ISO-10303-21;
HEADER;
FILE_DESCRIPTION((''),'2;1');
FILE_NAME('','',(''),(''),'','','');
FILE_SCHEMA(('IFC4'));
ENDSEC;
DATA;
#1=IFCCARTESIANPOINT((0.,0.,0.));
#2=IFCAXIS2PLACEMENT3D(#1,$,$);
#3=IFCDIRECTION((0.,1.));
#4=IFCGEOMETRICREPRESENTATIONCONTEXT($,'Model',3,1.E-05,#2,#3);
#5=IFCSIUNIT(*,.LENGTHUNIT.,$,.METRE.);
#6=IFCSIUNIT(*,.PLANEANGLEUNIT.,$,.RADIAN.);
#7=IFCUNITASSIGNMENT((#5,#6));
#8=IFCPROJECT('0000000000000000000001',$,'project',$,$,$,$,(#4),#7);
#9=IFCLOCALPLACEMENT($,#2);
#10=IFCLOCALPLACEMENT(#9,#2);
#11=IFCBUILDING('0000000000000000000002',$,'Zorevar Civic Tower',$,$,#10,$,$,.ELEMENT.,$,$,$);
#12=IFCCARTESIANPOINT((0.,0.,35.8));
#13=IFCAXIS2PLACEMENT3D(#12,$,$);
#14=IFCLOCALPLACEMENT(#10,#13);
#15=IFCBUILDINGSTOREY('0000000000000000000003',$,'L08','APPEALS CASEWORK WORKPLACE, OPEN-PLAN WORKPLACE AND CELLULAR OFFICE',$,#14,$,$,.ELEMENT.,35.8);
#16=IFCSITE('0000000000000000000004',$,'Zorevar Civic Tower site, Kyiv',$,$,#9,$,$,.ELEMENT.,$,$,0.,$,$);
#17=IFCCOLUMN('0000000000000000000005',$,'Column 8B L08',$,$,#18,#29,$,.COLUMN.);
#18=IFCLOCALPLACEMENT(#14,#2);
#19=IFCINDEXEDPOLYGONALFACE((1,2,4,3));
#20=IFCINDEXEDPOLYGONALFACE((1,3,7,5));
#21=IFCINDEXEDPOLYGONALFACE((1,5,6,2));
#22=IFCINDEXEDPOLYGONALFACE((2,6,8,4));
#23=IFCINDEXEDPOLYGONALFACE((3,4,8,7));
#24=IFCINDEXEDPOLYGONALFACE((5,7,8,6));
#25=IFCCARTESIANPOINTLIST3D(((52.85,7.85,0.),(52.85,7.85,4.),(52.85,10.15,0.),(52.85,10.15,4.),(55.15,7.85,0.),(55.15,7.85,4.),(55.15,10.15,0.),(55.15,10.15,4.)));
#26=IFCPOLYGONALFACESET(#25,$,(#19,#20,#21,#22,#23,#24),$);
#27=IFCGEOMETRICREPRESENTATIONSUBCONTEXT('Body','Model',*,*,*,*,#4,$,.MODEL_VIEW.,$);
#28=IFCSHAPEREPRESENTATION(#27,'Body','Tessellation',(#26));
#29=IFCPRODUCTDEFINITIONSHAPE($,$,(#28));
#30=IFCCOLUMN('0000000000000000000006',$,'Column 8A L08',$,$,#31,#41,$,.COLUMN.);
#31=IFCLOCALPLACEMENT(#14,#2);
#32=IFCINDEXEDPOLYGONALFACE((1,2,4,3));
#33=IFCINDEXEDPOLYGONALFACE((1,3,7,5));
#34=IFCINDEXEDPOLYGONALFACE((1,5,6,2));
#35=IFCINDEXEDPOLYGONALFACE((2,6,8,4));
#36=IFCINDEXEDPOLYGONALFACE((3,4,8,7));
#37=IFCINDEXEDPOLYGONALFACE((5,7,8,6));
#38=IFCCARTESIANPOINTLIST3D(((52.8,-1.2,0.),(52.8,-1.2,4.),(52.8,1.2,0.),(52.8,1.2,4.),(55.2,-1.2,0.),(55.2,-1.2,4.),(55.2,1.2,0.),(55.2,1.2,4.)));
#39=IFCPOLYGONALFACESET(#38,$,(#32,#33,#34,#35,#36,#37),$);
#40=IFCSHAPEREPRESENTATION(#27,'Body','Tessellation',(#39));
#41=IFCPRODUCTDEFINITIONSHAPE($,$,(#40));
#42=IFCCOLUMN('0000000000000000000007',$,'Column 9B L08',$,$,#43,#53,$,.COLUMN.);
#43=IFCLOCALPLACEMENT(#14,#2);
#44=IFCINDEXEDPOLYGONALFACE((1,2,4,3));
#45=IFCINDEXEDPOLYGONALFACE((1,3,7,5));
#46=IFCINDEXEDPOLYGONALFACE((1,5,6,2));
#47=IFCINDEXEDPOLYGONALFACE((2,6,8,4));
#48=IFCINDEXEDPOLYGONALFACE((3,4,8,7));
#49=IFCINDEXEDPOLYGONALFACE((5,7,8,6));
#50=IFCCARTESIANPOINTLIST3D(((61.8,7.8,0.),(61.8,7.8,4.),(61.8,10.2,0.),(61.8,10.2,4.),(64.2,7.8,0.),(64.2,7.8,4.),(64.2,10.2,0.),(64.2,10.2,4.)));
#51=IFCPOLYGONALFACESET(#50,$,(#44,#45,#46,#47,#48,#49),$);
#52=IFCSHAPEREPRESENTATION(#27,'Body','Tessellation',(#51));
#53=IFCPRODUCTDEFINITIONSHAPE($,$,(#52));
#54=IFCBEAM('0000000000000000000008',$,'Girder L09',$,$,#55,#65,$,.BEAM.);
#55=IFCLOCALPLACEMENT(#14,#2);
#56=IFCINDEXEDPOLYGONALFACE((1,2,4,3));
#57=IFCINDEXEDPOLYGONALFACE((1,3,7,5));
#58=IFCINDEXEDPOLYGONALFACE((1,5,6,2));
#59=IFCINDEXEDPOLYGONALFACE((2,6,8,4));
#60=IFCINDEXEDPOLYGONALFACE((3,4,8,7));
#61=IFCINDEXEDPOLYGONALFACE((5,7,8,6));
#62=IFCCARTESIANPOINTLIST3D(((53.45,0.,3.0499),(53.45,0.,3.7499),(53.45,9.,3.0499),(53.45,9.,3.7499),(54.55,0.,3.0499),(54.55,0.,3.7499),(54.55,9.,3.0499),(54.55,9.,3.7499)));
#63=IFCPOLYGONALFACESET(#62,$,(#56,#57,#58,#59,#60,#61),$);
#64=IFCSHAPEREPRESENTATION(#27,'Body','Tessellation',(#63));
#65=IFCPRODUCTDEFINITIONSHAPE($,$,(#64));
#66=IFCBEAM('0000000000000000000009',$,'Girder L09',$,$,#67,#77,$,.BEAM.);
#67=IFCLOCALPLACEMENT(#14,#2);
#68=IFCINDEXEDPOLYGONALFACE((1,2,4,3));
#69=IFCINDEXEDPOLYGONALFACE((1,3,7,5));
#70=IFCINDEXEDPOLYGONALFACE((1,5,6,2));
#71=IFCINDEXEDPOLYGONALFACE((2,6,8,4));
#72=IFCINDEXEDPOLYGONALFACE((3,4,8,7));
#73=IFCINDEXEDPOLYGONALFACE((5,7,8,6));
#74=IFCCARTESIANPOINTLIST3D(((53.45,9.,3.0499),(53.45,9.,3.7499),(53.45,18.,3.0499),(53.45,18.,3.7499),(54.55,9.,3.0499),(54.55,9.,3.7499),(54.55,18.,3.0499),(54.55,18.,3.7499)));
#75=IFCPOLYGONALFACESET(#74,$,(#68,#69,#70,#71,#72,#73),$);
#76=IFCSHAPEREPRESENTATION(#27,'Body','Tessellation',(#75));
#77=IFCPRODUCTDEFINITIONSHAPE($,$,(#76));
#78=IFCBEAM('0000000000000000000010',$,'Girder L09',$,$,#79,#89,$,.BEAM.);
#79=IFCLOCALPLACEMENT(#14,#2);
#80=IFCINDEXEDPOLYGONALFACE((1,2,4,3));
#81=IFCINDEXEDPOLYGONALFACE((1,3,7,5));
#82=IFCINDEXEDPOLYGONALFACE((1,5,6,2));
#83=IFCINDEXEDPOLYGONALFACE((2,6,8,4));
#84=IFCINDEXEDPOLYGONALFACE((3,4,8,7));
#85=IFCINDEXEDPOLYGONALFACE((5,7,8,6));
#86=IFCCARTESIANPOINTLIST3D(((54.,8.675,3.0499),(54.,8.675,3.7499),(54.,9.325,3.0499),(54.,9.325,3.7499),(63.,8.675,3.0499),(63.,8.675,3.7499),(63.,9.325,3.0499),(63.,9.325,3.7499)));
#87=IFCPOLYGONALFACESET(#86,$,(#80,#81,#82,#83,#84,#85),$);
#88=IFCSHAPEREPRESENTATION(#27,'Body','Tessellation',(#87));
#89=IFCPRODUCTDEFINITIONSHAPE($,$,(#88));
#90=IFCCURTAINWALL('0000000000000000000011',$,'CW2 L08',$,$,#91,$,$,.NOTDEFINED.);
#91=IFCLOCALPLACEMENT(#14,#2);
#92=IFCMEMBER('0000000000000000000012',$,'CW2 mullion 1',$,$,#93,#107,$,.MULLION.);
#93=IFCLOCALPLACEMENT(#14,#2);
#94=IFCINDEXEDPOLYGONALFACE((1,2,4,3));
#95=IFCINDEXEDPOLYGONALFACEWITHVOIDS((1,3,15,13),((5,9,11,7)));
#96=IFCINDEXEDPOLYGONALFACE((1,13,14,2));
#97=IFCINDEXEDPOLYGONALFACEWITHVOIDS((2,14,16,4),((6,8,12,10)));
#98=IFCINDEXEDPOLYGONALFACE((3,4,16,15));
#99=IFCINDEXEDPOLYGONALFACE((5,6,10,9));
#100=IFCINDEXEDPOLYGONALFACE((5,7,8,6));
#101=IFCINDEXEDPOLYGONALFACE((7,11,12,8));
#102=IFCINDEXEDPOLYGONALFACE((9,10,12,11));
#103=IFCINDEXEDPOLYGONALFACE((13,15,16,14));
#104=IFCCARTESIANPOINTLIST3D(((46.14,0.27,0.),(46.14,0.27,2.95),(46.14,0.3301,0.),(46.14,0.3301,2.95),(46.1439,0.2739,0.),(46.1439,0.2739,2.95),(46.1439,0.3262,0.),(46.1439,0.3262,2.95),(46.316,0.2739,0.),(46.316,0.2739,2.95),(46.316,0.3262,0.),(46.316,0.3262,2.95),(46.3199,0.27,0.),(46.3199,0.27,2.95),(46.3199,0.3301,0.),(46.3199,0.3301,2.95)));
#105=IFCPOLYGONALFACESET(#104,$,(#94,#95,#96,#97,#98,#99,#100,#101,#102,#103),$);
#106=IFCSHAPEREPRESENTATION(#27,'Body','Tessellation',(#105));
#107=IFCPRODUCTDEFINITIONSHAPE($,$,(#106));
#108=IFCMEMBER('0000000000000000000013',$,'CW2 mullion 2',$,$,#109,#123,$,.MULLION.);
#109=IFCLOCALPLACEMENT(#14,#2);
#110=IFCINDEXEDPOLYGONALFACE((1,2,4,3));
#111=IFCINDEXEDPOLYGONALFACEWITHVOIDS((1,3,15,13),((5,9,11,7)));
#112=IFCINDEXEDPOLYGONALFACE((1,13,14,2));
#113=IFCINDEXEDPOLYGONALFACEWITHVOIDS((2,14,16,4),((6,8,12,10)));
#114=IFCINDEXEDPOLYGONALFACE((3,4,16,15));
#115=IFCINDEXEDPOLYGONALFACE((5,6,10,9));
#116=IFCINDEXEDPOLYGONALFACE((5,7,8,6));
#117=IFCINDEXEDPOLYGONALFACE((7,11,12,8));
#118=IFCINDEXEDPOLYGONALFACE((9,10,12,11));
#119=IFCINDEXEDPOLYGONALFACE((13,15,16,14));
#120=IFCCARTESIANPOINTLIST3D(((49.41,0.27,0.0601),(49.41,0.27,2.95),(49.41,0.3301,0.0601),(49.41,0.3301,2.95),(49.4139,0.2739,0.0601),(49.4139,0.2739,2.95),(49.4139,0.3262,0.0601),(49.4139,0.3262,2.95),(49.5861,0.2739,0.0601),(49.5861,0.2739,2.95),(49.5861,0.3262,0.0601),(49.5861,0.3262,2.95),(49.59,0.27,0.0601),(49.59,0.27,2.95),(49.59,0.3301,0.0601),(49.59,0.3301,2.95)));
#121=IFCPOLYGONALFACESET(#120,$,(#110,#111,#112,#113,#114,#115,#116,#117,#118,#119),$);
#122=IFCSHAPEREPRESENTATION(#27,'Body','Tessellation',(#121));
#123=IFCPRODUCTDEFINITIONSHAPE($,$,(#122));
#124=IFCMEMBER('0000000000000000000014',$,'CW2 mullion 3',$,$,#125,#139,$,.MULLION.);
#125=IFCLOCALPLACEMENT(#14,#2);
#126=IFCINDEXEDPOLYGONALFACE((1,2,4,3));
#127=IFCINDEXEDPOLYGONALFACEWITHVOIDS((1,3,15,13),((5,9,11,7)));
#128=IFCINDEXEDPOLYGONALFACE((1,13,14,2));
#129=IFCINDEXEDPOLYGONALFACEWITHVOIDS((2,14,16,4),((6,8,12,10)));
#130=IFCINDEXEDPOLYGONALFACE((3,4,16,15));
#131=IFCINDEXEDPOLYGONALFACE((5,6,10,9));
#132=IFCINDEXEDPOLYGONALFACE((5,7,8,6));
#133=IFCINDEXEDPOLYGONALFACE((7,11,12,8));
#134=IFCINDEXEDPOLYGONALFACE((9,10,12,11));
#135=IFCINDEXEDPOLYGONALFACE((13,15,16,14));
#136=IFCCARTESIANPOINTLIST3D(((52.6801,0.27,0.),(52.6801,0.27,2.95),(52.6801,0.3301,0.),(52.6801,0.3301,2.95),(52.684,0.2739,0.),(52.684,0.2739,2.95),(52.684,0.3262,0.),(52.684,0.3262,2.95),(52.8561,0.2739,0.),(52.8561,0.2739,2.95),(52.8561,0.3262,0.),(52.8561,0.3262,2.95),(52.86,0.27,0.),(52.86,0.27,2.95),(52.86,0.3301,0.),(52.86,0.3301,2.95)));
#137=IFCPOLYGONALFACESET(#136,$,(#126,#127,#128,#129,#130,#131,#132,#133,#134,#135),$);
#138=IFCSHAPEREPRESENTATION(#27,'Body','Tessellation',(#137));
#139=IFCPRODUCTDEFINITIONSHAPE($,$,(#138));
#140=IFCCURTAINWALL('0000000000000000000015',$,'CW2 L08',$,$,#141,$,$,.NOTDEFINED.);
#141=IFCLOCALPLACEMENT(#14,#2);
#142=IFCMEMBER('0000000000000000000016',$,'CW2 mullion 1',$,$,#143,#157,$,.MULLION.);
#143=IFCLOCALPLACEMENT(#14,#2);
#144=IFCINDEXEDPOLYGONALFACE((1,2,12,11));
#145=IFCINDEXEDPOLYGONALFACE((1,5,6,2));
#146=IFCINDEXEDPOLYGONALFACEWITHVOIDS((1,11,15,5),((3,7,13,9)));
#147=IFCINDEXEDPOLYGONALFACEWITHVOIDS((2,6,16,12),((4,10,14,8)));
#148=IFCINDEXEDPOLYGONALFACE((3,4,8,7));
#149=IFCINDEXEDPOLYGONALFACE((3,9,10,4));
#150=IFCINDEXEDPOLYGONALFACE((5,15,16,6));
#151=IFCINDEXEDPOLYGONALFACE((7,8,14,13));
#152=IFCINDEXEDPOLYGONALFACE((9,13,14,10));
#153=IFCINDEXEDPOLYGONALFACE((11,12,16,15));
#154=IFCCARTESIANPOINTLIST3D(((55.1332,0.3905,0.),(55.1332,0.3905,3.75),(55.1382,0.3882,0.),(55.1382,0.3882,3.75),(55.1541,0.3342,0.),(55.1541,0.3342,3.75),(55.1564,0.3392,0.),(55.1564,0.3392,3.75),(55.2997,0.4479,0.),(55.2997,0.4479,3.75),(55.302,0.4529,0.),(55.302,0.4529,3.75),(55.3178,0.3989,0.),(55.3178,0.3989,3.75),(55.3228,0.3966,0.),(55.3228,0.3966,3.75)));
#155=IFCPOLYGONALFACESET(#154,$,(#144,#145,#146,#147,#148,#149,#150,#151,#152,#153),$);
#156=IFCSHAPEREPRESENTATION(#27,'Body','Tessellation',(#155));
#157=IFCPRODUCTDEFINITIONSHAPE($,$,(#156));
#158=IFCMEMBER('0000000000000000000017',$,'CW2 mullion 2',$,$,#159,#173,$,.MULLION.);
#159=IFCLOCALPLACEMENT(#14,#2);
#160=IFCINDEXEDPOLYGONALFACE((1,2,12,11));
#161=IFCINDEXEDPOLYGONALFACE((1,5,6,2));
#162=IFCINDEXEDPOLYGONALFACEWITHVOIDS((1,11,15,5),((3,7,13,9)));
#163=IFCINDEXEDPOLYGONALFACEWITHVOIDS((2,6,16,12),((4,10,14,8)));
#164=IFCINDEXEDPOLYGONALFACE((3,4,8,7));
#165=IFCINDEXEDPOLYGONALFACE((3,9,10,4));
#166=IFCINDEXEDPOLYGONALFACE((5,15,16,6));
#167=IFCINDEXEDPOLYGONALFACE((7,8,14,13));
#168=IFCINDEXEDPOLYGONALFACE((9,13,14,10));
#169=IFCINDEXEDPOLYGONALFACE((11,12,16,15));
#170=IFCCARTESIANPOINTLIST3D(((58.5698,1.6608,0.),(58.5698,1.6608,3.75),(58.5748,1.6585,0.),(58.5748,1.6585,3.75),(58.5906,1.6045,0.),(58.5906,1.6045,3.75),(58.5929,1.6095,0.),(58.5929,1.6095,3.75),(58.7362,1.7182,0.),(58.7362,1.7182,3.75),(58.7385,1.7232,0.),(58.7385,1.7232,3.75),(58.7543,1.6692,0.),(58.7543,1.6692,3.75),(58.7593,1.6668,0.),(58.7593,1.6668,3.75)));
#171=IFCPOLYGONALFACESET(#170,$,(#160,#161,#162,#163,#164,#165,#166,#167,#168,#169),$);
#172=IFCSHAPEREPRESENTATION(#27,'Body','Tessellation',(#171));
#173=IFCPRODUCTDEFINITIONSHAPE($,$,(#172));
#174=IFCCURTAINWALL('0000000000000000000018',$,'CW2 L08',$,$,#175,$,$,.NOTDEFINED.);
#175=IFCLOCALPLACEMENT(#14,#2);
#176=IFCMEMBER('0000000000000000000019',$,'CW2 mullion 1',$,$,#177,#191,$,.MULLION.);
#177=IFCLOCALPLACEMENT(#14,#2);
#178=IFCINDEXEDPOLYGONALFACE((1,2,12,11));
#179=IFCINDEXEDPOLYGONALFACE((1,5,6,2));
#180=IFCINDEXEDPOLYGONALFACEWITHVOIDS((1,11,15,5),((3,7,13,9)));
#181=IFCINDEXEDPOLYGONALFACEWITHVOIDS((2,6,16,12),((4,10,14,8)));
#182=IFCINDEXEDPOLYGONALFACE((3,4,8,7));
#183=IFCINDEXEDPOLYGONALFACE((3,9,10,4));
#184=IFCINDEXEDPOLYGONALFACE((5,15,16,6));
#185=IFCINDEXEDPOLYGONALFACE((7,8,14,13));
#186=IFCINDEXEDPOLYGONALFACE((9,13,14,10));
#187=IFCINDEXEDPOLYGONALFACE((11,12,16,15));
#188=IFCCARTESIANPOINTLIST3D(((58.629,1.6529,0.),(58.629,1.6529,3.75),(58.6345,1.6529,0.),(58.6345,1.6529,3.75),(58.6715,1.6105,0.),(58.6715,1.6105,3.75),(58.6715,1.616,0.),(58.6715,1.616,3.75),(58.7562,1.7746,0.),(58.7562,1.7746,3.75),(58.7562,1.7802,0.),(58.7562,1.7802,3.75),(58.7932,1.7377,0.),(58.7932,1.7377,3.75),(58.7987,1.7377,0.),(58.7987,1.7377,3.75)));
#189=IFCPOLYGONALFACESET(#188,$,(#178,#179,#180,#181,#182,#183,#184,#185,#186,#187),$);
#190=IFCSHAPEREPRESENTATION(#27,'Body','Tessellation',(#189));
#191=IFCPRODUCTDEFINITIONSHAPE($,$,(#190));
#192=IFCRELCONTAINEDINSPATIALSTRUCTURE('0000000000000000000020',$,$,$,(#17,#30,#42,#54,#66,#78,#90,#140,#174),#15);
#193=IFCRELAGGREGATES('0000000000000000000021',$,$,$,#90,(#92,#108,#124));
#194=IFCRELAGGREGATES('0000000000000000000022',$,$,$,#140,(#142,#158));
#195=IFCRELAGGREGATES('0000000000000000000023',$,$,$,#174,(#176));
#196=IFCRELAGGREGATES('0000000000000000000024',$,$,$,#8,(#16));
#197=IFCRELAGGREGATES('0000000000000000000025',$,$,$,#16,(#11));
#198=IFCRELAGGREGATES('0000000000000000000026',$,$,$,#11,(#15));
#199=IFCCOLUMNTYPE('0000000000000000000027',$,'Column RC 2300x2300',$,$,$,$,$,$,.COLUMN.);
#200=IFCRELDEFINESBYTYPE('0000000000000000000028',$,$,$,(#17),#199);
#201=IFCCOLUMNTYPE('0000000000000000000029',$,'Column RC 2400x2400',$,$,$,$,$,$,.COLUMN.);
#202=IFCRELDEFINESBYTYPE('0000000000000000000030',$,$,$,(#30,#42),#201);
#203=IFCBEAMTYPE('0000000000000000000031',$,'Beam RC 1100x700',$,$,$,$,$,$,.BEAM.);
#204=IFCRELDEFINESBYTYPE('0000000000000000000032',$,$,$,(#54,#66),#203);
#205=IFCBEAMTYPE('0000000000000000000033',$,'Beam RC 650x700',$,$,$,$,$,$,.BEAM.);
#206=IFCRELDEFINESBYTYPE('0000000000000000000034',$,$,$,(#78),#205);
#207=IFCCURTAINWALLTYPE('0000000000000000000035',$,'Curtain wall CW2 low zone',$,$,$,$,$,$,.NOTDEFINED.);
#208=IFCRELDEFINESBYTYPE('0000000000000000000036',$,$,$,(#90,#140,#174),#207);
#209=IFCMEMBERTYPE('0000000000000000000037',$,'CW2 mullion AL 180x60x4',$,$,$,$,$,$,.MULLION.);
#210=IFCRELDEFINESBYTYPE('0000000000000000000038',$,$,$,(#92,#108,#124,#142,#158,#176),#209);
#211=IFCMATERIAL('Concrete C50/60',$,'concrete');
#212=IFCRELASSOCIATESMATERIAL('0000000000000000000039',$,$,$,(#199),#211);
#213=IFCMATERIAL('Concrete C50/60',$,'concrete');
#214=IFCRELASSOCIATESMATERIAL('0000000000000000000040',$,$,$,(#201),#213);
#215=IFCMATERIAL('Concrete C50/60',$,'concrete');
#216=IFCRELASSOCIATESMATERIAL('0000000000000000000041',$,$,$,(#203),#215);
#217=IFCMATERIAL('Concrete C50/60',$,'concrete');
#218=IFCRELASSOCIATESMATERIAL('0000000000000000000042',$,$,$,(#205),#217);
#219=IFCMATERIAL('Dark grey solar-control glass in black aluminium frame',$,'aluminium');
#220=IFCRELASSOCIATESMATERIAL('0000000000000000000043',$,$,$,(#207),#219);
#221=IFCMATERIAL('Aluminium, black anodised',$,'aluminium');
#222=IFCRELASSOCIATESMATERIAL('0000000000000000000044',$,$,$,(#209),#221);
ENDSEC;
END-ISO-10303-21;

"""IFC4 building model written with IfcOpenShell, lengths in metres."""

from ifc_helpers import new_model, si_unit, direction, frame, origin, origin_2d, place, context, subcontext, project, spatial, rectangle, hollow_rectangle, extrude, material, material_profile, profile_set, type_object, element, aggregate, save


model = new_model("IFC4")

# Units and contexts
model_context = context("Model", 3, precision=1e-05, world=origin(), true_north=direction((0.0, 1.0)))
body_context = subcontext(model_context, "Body", "Model", "MODEL_VIEW")
ifc_project = project(units=[si_unit("LENGTHUNIT", "METRE"), si_unit("PLANEANGLEUNIT", "RADIAN")], contexts=[model_context])

# Site, building, storey
site_placement = place(None, origin())
site = spatial("IfcSite", under=ifc_project, at=site_placement, Name="Zorevar Civic Tower site, Kyiv", CompositionType="ELEMENT", RefElevation=0.0)
building_placement = place(site_placement, origin())
building = spatial("IfcBuilding", under=site, at=building_placement, Name="Zorevar Civic Tower", CompositionType="ELEMENT")
storey_placement = place(building_placement, frame((0.0, 0.0, 35.8)))
storey = spatial("IfcBuildingStorey", under=building, at=storey_placement, Name="L08", Description="APPEALS CASEWORK WORKPLACE, OPEN-PLAN WORKPLACE AND CELLULAR OFFICE", CompositionType="ELEMENT", Elevation=35.8)

# Columns
ifc_material_1 = material(Name="Concrete C50/60", Category="concrete")
ifc_material_profile_1 = material_profile(ifc_material_1, rectangle(XDim=2.3, YDim=2.3, at=origin_2d()), Name="RC 2300x2300")
ifc_profile_set_1 = profile_set([ifc_material_profile_1], Name="Concrete C50/60")
column_type_1 = type_object("IfcColumnType", Name="Column RC 2300x2300", PredefinedType="COLUMN", material=ifc_profile_set_1)
column_placement = place(storey_placement, frame((54.0, 9.0, 0.0), z_axis=(0.0, 0.0, 1.0), x_axis=(1.0, 0.0, 0.0)))
element("IfcColumn", 1, at=column_placement, inside=storey, type_object=column_type_1, Name="Column 8B L08", PredefinedType="COLUMN", context=body_context, shape_type="SweptSolid", body=[
    extrude(rectangle(XDim=2.3, YDim=2.3, at=origin_2d()), origin(), (0.0, 0.0, 1.0), 4.0),
])
ifc_material_2 = material(Name="Concrete C50/60", Category="concrete")
ifc_material_profile_2 = material_profile(ifc_material_2, rectangle(XDim=2.3999, YDim=2.3999, at=origin_2d()), Name="RC 2400x2400")
ifc_profile_set_2 = profile_set([ifc_material_profile_2], Name="Concrete C50/60")
column_type_2 = type_object("IfcColumnType", Name="Column RC 2400x2400", PredefinedType="COLUMN", material=ifc_profile_set_2)
for number, where, z_axis, x_axis, name in (
    (2, (54.0, 0.0, 0.0), (0.0, 0.0, 1.0), (1.0, 0.0, 0.0), "Column 8A L08"),
    (3, (63.0, 9.0, 0.0), (0.0, 0.0, 1.0), (1.0, 0.0, 0.0), "Column 9B L08"),
):
    element("IfcColumn", number, at=place(storey_placement, frame(where, z_axis=z_axis, x_axis=x_axis)), inside=storey, type_object=column_type_2, Name=name, PredefinedType="COLUMN", context=body_context, shape_type="SweptSolid", body=[
        extrude(rectangle(XDim=2.3999, YDim=2.3999, at=origin_2d()), origin(), (0.0, 0.0, 1.0), 4.0),
    ])

# Beams
ifc_material_3 = material(Name="Concrete C50/60", Category="concrete")
ifc_material_profile_3 = material_profile(ifc_material_3, rectangle(XDim=1.1001, YDim=0.7, at=origin_2d()), Name="RC 1100x700")
ifc_profile_set_3 = profile_set([ifc_material_profile_3], Name="Concrete C50/60")
beam_type_1 = type_object("IfcBeamType", Name="Beam RC 1100x700", PredefinedType="BEAM", material=ifc_profile_set_3)
for number, where, z_axis, x_axis, name in (
    (4, (54.0, 0.0, 3.3999), (0.0, 1.0, 0.0), (-1.0, 0.0, 0.0), "Girder L09"),
    (5, (54.0, 9.0, 3.3999), (0.0, 1.0, 0.0), (-1.0, 0.0, 0.0), "Girder L09"),
):
    element("IfcBeam", number, at=place(storey_placement, frame(where, z_axis=z_axis, x_axis=x_axis)), inside=storey, type_object=beam_type_1, Name=name, PredefinedType="BEAM", context=body_context, shape_type="SweptSolid", body=[
        extrude(rectangle(XDim=1.1001, YDim=0.7, at=origin_2d()), origin(), (0.0, 0.0, 1.0), 9.0),
    ])
ifc_material_4 = material(Name="Concrete C50/60", Category="concrete")
ifc_material_profile_4 = material_profile(ifc_material_4, rectangle(XDim=0.6499, YDim=0.7, at=origin_2d()), Name="RC 650x700")
ifc_profile_set_4 = profile_set([ifc_material_profile_4], Name="Concrete C50/60")
beam_type_2 = type_object("IfcBeamType", Name="Beam RC 650x700", PredefinedType="BEAM", material=ifc_profile_set_4)
beam_1_placement = place(storey_placement, frame((54.0, 9.0, 3.3999), z_axis=(1.0, 0.0, 0.0), x_axis=(0.0, 1.0, 0.0)))
element("IfcBeam", 6, at=beam_1_placement, inside=storey, type_object=beam_type_2, Name="Girder L09", PredefinedType="BEAM", context=body_context, shape_type="SweptSolid", body=[
    extrude(rectangle(XDim=0.6499, YDim=0.7, at=origin_2d()), origin(), (0.0, 0.0, 1.0), 9.0),
])

# Curtain walls, members
ifc_material_5 = material(Name="Dark grey solar-control glass in black aluminium frame", Category="aluminium")
curtain_wall_type = type_object("IfcCurtainWallType", Name="Curtain wall CW2 low zone", PredefinedType="NOTDEFINED", material=ifc_material_5)
curtain_wall_1_placement = place(storey_placement, origin())
curtain_wall_1 = element("IfcCurtainWall", 7, at=curtain_wall_1_placement, inside=storey, type_object=curtain_wall_type, Name="CW2 L08", PredefinedType="NOTDEFINED")
ifc_material_6 = material(Name="Aluminium, black anodised", Category="aluminium")
ifc_material_profile_5 = material_profile(ifc_material_6, hollow_rectangle(XDim=0.0601, YDim=0.1799, WallThickness=0.0039, at=origin_2d()), Name="AL 180x60x4")
ifc_profile_set_5 = profile_set([ifc_material_profile_5], Name="Aluminium, black anodised")
member_type_1 = type_object("IfcMemberType", Name="CW2 mullion AL 180x60x4", PredefinedType="MULLION", material=ifc_profile_set_5)
member_1_placement = place(storey_placement, frame((46.23, 0.3, 0.0), z_axis=(0.0, 0.0, 1.0), x_axis=(0.0, 1.0, 0.0)))
member_1 = element("IfcMember", 8, at=member_1_placement, type_object=member_type_1, Name="CW2 mullion 1", PredefinedType="MULLION", context=body_context, shape_type="SweptSolid", body=[
    extrude(hollow_rectangle(XDim=0.0601, YDim=0.1799, WallThickness=0.0039, at=origin_2d()), origin(), (0.0, 0.0, 1.0), 2.95),
])
member_2_placement = place(storey_placement, frame((49.5, 0.3, 0.0601), z_axis=(0.0, 0.0, 1.0), x_axis=(0.0, 1.0, 0.0)))
member_2 = element("IfcMember", 9, at=member_2_placement, type_object=member_type_1, Name="CW2 mullion 2", PredefinedType="MULLION", context=body_context, shape_type="SweptSolid", body=[
    extrude(hollow_rectangle(XDim=0.0601, YDim=0.1799, WallThickness=0.0039, at=origin_2d()), origin(), (0.0, 0.0, 1.0), 2.8899),
])
member_3_placement = place(storey_placement, frame((52.77, 0.3, 0.0), z_axis=(0.0, 0.0, 1.0), x_axis=(0.0, 1.0, 0.0)))
member_3 = element("IfcMember", 10, at=member_3_placement, type_object=member_type_1, Name="CW2 mullion 3", PredefinedType="MULLION", context=body_context, shape_type="SweptSolid", body=[
    extrude(hollow_rectangle(XDim=0.0601, YDim=0.1799, WallThickness=0.0039, at=origin_2d()), origin(), (0.0, 0.0, 1.0), 2.95),
])
curtain_wall_2_placement = place(storey_placement, origin())
curtain_wall_2 = element("IfcCurtainWall", 11, at=curtain_wall_2_placement, inside=storey, type_object=curtain_wall_type, Name="CW2 L08", PredefinedType="NOTDEFINED")
member_4_placement = place(storey_placement, frame((55.228, 0.3936, 0.0), z_axis=(0.0, 0.0, 1.0), x_axis=(-0.346704, 0.937975, 0.0)))
member_4 = element("IfcMember", 12, at=member_4_placement, type_object=member_type_1, Name="CW2 mullion 1", PredefinedType="MULLION", context=body_context, shape_type="SweptSolid", body=[
    extrude(hollow_rectangle(XDim=0.0601, YDim=0.1799, WallThickness=0.0039, at=origin_2d()), origin(), (0.0, 0.0, 1.0), 3.75),
])
member_5_placement = place(storey_placement, frame((58.6646, 1.6638, 0.0), z_axis=(0.0, 0.0, 1.0), x_axis=(-0.346704, 0.937975, 0.0)))
member_5 = element("IfcMember", 13, at=member_5_placement, type_object=member_type_1, Name="CW2 mullion 2", PredefinedType="MULLION", context=body_context, shape_type="SweptSolid", body=[
    extrude(hollow_rectangle(XDim=0.0601, YDim=0.1799, WallThickness=0.0039, at=origin_2d()), origin(), (0.0, 0.0, 1.0), 3.75),
])
curtain_wall_3_placement = place(storey_placement, origin())
curtain_wall_3 = element("IfcCurtainWall", 14, at=curtain_wall_3_placement, inside=storey, type_object=curtain_wall_type, Name="CW2 L08", PredefinedType="NOTDEFINED")
member_6_placement = place(storey_placement, frame((58.7139, 1.6953, 0.0), z_axis=(0.0, 0.0, 1.0), x_axis=(-0.707107, 0.707107, 0.0)))
member_6 = element("IfcMember", 15, at=member_6_placement, type_object=member_type_1, Name="CW2 mullion 1", PredefinedType="MULLION", context=body_context, shape_type="SweptSolid", body=[
    extrude(hollow_rectangle(XDim=0.0601, YDim=0.1799, WallThickness=0.0039, at=origin_2d()), origin(), (0.0, 0.0, 1.0), 3.75),
])

aggregate(curtain_wall_1, [member_1, member_2, member_3])
aggregate(curtain_wall_2, [member_4, member_5])
aggregate(curtain_wall_3, [member_6])

save(model, "model.ifc")
